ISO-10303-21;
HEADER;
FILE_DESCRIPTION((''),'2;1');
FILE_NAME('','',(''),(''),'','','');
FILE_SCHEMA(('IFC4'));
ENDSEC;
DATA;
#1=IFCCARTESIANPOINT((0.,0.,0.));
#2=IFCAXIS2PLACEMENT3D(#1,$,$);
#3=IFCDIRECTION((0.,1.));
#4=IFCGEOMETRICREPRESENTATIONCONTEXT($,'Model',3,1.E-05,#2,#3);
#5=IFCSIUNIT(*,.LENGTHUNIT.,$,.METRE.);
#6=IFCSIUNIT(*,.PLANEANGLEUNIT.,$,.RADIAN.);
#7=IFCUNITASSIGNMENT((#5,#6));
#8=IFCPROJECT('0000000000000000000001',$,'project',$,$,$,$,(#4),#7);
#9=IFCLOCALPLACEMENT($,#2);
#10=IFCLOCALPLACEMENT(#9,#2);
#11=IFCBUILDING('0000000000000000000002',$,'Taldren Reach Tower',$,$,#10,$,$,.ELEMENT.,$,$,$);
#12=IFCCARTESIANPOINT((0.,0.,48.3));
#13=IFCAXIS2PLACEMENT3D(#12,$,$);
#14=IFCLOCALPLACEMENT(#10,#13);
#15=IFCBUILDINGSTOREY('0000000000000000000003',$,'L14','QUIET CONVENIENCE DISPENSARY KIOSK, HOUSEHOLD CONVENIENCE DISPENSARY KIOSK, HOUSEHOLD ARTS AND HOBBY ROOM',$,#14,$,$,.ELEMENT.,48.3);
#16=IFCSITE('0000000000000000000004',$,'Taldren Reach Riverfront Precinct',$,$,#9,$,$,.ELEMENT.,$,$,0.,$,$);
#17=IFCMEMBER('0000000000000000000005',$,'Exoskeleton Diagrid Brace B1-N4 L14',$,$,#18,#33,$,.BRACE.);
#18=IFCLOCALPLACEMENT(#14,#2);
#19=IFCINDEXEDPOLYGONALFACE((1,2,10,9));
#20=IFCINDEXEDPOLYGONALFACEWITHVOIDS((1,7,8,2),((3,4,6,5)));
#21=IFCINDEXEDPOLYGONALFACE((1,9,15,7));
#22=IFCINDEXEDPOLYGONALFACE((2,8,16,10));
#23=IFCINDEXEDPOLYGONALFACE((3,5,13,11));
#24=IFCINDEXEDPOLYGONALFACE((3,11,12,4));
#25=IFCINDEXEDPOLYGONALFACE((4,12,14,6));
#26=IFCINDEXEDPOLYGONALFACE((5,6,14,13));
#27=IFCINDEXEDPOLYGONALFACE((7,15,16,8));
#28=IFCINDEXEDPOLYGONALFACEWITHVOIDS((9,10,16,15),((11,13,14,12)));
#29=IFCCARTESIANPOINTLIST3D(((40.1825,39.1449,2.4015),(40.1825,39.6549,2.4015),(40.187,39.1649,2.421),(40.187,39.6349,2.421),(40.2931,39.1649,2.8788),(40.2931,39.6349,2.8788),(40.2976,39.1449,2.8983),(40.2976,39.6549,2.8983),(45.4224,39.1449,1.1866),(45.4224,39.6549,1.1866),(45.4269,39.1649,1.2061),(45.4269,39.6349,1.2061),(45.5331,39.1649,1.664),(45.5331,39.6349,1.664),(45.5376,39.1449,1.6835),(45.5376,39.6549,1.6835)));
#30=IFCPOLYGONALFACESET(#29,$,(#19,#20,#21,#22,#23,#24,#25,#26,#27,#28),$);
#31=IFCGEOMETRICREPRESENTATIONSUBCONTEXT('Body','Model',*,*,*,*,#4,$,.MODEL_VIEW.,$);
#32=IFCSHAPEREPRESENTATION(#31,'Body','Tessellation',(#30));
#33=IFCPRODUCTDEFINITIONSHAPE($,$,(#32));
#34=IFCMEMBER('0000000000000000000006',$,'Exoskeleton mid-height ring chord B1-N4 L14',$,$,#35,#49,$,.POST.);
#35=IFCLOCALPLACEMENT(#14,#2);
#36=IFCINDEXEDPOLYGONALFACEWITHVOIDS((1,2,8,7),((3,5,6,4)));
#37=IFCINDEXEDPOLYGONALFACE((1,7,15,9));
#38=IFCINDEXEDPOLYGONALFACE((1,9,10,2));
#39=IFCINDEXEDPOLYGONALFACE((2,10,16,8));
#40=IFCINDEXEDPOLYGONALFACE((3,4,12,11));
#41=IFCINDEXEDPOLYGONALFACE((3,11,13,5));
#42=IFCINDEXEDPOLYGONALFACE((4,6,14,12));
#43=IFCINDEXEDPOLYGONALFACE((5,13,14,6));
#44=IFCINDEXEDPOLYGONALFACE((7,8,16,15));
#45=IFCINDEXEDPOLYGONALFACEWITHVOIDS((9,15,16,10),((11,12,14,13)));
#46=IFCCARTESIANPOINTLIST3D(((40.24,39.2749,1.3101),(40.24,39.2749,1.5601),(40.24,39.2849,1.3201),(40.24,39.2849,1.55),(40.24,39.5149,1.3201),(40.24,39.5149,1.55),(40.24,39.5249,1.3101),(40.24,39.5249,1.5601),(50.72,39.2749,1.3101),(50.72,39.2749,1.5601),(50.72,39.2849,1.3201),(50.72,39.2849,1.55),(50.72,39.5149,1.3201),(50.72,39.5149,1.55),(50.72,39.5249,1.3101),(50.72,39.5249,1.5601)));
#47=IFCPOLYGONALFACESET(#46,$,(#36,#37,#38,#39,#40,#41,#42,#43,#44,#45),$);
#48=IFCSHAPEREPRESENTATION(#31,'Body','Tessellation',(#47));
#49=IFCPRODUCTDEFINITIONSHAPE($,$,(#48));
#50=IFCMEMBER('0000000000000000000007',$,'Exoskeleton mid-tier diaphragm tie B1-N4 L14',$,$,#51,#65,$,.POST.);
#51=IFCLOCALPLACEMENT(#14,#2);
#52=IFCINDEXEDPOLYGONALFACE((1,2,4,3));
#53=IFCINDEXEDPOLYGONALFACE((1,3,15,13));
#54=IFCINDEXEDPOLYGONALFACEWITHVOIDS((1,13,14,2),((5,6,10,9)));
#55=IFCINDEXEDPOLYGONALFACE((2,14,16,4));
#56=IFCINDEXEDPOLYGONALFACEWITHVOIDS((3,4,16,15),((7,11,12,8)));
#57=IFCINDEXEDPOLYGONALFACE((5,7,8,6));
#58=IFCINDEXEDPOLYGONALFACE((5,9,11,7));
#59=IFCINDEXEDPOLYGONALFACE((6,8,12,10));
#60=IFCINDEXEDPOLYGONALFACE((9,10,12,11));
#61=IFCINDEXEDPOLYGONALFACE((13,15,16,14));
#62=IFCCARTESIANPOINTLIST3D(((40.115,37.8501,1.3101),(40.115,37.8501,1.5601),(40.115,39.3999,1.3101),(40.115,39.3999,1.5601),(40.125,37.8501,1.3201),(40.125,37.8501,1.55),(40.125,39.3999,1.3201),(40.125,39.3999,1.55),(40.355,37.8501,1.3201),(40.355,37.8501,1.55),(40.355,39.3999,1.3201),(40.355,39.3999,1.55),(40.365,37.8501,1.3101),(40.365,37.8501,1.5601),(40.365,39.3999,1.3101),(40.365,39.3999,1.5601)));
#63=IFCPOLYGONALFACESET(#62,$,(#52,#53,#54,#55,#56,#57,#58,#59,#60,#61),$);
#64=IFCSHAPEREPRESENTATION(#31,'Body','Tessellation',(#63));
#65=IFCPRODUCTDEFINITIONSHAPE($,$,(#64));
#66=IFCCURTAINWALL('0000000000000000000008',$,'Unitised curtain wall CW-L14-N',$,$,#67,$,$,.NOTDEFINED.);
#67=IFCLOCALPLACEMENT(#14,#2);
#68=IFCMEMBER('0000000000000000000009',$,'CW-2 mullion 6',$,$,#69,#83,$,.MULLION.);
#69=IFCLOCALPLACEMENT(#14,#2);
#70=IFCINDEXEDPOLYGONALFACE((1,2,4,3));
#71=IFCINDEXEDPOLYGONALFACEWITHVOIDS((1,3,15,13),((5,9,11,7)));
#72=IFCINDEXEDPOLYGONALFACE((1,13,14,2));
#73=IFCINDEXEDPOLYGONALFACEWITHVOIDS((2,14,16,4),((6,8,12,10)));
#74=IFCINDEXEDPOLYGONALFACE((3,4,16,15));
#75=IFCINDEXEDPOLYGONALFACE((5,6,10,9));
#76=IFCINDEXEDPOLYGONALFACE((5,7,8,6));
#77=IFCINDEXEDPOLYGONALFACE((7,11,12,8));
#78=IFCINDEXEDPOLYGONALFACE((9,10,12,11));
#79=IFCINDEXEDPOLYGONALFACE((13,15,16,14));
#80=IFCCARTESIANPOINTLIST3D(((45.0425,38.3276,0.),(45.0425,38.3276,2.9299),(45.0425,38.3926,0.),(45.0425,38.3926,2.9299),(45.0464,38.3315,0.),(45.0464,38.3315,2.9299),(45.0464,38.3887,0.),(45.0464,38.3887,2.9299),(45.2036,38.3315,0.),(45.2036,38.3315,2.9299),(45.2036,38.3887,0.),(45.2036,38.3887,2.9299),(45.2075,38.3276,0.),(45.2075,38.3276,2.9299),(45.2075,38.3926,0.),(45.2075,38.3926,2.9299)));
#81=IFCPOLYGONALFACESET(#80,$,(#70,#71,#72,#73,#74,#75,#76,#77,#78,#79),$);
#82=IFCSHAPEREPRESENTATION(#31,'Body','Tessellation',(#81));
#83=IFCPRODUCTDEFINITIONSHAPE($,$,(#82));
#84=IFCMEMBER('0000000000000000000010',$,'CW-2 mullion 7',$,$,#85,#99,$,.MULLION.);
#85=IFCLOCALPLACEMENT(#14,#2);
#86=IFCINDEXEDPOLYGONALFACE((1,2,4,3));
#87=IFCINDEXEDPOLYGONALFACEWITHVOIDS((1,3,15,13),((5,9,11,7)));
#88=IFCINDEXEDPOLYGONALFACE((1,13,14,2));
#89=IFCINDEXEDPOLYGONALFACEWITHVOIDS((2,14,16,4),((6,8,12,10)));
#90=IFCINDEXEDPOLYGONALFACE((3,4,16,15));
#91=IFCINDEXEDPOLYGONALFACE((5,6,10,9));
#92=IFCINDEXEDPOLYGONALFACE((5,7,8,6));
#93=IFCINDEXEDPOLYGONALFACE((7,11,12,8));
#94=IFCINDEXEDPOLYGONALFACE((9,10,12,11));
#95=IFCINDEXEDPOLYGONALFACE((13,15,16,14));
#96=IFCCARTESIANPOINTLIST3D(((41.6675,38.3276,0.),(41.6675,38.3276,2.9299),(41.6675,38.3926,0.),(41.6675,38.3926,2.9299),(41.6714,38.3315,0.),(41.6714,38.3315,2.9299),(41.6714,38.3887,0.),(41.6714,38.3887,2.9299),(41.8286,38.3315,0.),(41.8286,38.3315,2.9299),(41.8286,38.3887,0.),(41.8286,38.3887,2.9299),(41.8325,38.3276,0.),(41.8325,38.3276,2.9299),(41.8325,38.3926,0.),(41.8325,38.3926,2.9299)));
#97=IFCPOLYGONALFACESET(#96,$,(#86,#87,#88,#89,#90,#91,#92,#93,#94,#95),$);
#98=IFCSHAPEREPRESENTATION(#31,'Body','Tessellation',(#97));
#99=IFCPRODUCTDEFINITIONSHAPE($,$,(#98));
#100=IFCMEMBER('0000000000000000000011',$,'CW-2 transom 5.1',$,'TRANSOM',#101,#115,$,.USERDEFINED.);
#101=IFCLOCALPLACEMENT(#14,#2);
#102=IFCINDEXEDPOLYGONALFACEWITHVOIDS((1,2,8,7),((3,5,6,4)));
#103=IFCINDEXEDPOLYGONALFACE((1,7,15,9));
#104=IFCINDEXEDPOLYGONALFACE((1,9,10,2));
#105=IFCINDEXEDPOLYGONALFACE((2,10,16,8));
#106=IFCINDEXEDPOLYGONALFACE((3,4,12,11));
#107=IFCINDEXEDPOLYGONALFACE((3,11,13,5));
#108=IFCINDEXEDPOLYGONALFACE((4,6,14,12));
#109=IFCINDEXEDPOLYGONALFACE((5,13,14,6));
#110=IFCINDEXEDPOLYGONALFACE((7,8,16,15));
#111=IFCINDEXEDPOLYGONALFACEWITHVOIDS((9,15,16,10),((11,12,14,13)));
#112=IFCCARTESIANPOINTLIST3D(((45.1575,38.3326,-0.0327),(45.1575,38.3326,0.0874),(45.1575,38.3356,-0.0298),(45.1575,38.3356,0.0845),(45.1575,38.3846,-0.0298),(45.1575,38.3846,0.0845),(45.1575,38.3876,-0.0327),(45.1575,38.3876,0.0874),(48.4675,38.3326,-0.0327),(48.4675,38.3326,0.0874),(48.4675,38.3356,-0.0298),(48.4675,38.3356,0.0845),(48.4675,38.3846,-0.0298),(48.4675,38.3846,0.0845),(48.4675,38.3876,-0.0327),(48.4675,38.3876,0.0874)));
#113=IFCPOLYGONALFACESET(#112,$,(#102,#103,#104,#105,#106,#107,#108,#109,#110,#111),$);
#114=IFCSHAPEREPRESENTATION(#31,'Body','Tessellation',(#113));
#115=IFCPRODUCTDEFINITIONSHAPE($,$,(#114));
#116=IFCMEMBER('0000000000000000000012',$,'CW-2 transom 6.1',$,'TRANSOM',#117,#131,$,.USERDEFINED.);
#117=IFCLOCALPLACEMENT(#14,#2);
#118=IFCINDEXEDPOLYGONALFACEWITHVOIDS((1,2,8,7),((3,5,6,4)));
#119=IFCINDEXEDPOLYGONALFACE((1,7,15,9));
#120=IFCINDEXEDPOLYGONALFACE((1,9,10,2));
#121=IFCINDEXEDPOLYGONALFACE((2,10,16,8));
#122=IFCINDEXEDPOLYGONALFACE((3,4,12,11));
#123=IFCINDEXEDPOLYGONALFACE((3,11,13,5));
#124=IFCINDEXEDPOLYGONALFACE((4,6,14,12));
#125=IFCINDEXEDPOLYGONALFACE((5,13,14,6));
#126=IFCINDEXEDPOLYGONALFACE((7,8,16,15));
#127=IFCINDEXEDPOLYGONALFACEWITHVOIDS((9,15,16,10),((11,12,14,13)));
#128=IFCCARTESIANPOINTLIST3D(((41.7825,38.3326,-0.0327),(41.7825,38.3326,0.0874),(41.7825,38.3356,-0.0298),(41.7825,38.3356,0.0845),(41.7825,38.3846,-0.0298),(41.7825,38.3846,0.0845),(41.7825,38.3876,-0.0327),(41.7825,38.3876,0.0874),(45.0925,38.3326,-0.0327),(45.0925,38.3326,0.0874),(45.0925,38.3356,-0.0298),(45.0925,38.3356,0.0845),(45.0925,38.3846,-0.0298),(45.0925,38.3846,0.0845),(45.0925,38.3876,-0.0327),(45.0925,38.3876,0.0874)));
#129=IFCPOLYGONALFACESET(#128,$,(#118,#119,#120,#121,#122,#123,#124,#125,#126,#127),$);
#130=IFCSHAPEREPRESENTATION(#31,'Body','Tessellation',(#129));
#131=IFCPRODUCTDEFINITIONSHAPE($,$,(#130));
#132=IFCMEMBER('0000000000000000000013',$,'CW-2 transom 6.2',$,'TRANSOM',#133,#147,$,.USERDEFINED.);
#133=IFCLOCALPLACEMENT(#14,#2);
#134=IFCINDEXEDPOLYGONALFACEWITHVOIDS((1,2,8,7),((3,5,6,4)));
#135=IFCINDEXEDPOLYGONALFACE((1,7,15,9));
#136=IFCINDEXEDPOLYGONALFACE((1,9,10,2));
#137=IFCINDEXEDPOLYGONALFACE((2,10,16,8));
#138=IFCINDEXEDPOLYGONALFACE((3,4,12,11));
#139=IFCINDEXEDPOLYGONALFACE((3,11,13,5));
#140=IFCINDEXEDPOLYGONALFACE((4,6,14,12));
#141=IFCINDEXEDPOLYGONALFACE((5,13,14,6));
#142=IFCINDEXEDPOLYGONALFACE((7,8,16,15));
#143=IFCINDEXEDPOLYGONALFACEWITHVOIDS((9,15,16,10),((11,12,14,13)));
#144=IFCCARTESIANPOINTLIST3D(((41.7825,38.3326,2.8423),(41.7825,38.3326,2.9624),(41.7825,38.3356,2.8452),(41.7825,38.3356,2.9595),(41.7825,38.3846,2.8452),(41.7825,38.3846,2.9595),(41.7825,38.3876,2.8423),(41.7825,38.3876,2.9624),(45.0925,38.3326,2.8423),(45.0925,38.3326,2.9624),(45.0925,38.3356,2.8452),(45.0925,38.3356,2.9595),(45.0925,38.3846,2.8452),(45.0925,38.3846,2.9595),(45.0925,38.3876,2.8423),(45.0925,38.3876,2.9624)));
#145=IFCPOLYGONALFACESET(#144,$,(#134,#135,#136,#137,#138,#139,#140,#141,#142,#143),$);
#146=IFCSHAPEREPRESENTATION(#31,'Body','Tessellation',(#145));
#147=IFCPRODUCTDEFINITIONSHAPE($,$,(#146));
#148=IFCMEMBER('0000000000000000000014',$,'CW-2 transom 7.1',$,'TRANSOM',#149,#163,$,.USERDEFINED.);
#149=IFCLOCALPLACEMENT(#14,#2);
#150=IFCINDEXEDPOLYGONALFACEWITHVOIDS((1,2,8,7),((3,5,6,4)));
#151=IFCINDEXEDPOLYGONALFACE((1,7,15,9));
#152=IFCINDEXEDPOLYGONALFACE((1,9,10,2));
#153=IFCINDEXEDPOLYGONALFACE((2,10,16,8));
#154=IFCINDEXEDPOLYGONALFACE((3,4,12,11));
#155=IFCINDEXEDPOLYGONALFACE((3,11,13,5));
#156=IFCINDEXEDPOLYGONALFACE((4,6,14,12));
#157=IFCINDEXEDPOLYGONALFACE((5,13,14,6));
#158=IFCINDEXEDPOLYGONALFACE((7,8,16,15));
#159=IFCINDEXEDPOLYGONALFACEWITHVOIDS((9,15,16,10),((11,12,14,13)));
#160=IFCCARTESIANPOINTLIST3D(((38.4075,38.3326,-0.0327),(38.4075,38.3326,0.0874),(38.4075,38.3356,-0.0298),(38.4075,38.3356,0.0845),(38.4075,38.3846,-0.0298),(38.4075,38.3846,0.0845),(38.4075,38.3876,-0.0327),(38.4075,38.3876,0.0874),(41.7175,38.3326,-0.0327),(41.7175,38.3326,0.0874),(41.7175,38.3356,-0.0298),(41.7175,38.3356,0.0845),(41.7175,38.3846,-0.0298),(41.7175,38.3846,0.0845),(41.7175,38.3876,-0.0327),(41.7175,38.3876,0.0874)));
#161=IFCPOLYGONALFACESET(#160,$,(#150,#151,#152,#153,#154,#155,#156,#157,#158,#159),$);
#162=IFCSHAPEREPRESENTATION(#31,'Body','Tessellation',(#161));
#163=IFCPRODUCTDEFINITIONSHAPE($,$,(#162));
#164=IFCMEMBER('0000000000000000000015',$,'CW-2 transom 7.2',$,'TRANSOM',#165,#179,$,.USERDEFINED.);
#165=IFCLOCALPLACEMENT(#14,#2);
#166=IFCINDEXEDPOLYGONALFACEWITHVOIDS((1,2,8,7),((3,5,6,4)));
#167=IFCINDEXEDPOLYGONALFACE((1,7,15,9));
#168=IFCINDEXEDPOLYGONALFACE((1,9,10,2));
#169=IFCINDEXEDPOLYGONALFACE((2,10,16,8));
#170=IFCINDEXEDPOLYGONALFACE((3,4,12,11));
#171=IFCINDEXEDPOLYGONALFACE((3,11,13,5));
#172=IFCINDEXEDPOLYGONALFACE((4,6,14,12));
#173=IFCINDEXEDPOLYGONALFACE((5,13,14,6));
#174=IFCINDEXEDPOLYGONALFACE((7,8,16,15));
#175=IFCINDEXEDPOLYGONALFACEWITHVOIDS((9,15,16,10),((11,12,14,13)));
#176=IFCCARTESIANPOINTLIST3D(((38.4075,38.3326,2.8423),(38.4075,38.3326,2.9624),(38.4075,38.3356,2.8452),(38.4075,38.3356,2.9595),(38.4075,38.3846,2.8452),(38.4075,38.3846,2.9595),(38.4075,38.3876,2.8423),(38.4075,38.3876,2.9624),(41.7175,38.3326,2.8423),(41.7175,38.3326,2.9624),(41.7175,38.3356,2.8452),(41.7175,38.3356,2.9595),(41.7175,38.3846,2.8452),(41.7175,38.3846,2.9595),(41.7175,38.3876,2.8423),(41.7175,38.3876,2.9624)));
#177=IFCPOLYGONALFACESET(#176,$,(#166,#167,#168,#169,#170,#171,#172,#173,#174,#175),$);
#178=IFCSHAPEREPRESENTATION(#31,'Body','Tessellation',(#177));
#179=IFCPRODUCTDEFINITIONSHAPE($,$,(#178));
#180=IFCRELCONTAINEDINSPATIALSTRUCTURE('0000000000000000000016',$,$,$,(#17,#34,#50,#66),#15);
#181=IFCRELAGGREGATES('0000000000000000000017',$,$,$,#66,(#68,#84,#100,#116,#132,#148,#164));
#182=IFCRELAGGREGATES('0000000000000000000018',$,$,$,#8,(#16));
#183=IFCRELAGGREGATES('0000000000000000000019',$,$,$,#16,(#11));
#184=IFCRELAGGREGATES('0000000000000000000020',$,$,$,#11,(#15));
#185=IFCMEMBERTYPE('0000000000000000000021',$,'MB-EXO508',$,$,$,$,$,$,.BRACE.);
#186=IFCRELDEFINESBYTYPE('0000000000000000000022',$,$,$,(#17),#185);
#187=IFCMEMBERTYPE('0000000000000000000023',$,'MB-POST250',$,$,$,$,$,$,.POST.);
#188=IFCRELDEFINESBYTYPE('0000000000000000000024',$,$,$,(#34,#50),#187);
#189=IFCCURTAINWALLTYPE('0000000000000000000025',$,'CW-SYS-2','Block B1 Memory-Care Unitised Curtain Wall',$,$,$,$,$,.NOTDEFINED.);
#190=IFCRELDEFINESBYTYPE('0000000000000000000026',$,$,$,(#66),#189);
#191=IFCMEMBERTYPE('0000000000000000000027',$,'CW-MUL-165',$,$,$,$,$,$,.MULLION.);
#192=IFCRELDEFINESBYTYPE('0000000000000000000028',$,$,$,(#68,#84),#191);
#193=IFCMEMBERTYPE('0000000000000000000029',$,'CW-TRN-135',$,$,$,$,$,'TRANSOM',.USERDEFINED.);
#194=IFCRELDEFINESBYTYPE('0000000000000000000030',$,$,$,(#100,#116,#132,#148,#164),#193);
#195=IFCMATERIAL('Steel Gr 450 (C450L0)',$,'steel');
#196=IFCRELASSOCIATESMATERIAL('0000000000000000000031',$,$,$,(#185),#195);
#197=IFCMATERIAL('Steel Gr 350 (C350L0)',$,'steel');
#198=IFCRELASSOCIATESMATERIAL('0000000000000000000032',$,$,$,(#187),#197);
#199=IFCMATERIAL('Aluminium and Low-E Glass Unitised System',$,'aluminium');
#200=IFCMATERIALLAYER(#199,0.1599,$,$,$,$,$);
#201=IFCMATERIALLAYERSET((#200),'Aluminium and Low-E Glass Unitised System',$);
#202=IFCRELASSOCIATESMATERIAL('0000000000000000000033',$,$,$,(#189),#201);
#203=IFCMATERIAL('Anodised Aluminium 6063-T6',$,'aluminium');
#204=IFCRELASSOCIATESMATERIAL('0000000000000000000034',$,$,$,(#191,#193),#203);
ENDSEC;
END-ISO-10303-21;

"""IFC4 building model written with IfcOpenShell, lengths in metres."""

from ifc_helpers import new_model, si_unit, direction, frame, origin, origin_2d, place, context, subcontext, project, spatial, hollow_rectangle, extrude, source, transform, mapped, material, layer, layer_set, material_profile, profile_set, type_object, element, aggregate, save


model = new_model("IFC4")

# Units and contexts
model_context = context("Model", 3, precision=1e-05, world=origin(), true_north=direction((0.0, 1.0)))
body_context = subcontext(model_context, "Body", "Model", "MODEL_VIEW")
ifc_project = project(units=[si_unit("LENGTHUNIT", "METRE"), si_unit("PLANEANGLEUNIT", "RADIAN")], contexts=[model_context])

# Site, building, storey
site_placement = place(None, origin())
site = spatial("IfcSite", under=ifc_project, at=site_placement, Name="Taldren Reach Riverfront Precinct", CompositionType="ELEMENT", RefElevation=0.0)
building_placement = place(site_placement, origin())
building = spatial("IfcBuilding", under=site, at=building_placement, Name="Taldren Reach Tower", CompositionType="ELEMENT")
storey_placement = place(building_placement, frame((0.0, 0.0, 48.3)))
storey = spatial("IfcBuildingStorey", under=building, at=storey_placement, Name="L14", Description="QUIET CONVENIENCE DISPENSARY KIOSK, HOUSEHOLD CONVENIENCE DISPENSARY KIOSK, HOUSEHOLD ARTS AND HOBBY ROOM", CompositionType="ELEMENT", Elevation=48.3)

# Members
ifc_material_1 = material(Name="Steel Gr 450 (C450L0)", Category="steel")
ifc_material_profile_1 = material_profile(ifc_material_1, hollow_rectangle(XDim=0.51, YDim=0.51, WallThickness=0.02, at=origin_2d()), Name="510x510x20.0SHS")
ifc_profile_set_1 = profile_set([ifc_material_profile_1], Name="Steel Gr 450 (C450L0)")
member_type_1 = type_object("IfcMemberType", Name="MB-EXO508", PredefinedType="BRACE", material=ifc_profile_set_1)
shared_shape_1 = source(origin(), body_context, "Body", "SweptSolid", [
    extrude(hollow_rectangle(XDim=0.51, YDim=0.51, WallThickness=0.02, at=origin_2d()), origin(), (0.0, 0.0, 1.0), 5.3789),
])
member_1_placement = place(storey_placement, frame((45.48, 39.3999, 1.4351), z_axis=(-0.974162, 0.0, 0.225851), x_axis=(0.0, -1.0, 0.0)))
element("IfcMember", 1, at=member_1_placement, inside=storey, type_object=member_type_1, Name="Exoskeleton Diagrid Brace B1-N4 L14", PredefinedType="BRACE", context=body_context, shape_type="MappedRepresentation", body=[
    mapped(shared_shape_1, transform((0.0, 0.0, 0.0), scale=1.0)),
])
ifc_material_2 = material(Name="Steel Gr 350 (C350L0)", Category="steel")
ifc_material_profile_2 = material_profile(ifc_material_2, hollow_rectangle(XDim=0.25, YDim=0.25, WallThickness=0.01, at=origin_2d()), Name="250x250x10.0SHS")
ifc_profile_set_2 = profile_set([ifc_material_profile_2], Name="Steel Gr 350 (C350L0)")
member_type_2 = type_object("IfcMemberType", Name="MB-POST250", PredefinedType="POST", material=ifc_profile_set_2)
shared_shape_2 = source(origin(), body_context, "Body", "SweptSolid", [
    extrude(hollow_rectangle(XDim=0.25, YDim=0.25, WallThickness=0.01, at=origin_2d()), origin(), (0.0, 0.0, 1.0), 10.48),
])
member_2_placement = place(storey_placement, frame((40.24, 39.3999, 1.4351), z_axis=(1.0, 0.0, 0.0), x_axis=(0.0, 1.0, 0.0)))
element("IfcMember", 2, at=member_2_placement, inside=storey, type_object=member_type_2, Name="Exoskeleton mid-height ring chord B1-N4 L14", PredefinedType="POST", context=body_context, shape_type="MappedRepresentation", body=[
    mapped(shared_shape_2, transform((0.0, 0.0, 0.0), scale=1.0)),
])
shared_shape_3 = source(origin(), body_context, "Body", "SweptSolid", [
    extrude(hollow_rectangle(XDim=0.25, YDim=0.25, WallThickness=0.01, at=origin_2d()), origin(), (0.0, 0.0, 1.0), 1.5498),
])
member_3_placement = place(storey_placement, frame((40.24, 37.8501, 1.4351), z_axis=(0.0, 1.0, 0.0), x_axis=(-1.0, 0.0, 0.0)))
element("IfcMember", 3, at=member_3_placement, inside=storey, type_object=member_type_2, Name="Exoskeleton mid-tier diaphragm tie B1-N4 L14", PredefinedType="POST", context=body_context, shape_type="MappedRepresentation", body=[
    mapped(shared_shape_3, transform((0.0, 0.0, 0.0), scale=1.0)),
])

# Curtain wall, members
ifc_material_3 = material(Name="Aluminium and Low-E Glass Unitised System", Category="aluminium")
ifc_layer_1 = layer(ifc_material_3, 0.1599)
ifc_layer_set_1 = layer_set([ifc_layer_1], Name="Aluminium and Low-E Glass Unitised System")
curtain_wall_type = type_object("IfcCurtainWallType", Name="CW-SYS-2", Description="Block B1 Memory-Care Unitised Curtain Wall", PredefinedType="NOTDEFINED", material=ifc_layer_set_1)
curtain_wall_placement = place(storey_placement, origin())
curtain_wall = element("IfcCurtainWall", 4, at=curtain_wall_placement, inside=storey, type_object=curtain_wall_type, Name="Unitised curtain wall CW-L14-N", PredefinedType="NOTDEFINED")
ifc_material_4 = material(Name="Anodised Aluminium 6063-T6", Category="aluminium")
ifc_material_profile_3 = material_profile(ifc_material_4, hollow_rectangle(XDim=0.0649, YDim=0.165, WallThickness=0.0039, at=origin_2d()), Name="ALU-165x65x4RHS")
ifc_profile_set_3 = profile_set([ifc_material_profile_3], Name="Anodised Aluminium 6063-T6")
member_type_3 = type_object("IfcMemberType", Name="CW-MUL-165", PredefinedType="MULLION", material=ifc_profile_set_3)
shared_shape_4 = source(origin(), body_context, "Body", "SweptSolid", [
    extrude(hollow_rectangle(XDim=0.0649, YDim=0.165, WallThickness=0.0039, at=origin_2d()), origin(), (0.0, 0.0, 1.0), 2.9299),
])
member_4_placement = place(storey_placement, frame((45.125, 38.3601, 0.0), z_axis=(0.0, 0.0, 1.0), x_axis=(0.0, -1.0, 0.0)))
member_4 = element("IfcMember", 5, at=member_4_placement, type_object=member_type_3, Name="CW-2 mullion 6", PredefinedType="MULLION", context=body_context, shape_type="MappedRepresentation", body=[
    mapped(shared_shape_4, transform((0.0, 0.0, 0.0), scale=1.0)),
])
member_5_placement = place(storey_placement, frame((41.75, 38.3601, 0.0), z_axis=(0.0, 0.0, 1.0), x_axis=(0.0, -1.0, 0.0)))
member_5 = element("IfcMember", 6, at=member_5_placement, type_object=member_type_3, Name="CW-2 mullion 7", PredefinedType="MULLION", context=body_context, shape_type="MappedRepresentation", body=[
    mapped(shared_shape_4, transform((0.0, 0.0, 0.0), scale=1.0)),
])
ifc_material_profile_4 = material_profile(ifc_material_4, hollow_rectangle(XDim=0.0549, YDim=0.1201, WallThickness=0.0029, at=origin_2d()), Name="ALU-120x55x3RHS")
ifc_profile_set_4 = profile_set([ifc_material_profile_4], Name="Anodised Aluminium 6063-T6")
member_type_4 = type_object("IfcMemberType", Name="CW-TRN-135", ElementType="TRANSOM", PredefinedType="USERDEFINED", material=ifc_profile_set_4)
shared_shape_5 = source(origin(), body_context, "Body", "SweptSolid", [
    extrude(hollow_rectangle(XDim=0.0549, YDim=0.1201, WallThickness=0.0029, at=origin_2d()), origin(), (0.0, 0.0, 1.0), 3.3101),
])
member_6_placement = place(storey_placement, frame((48.4675, 38.3601, 0.0273), z_axis=(-1.0, 0.0, 0.0), x_axis=(0.0, -1.0, 0.0)))
member_6 = element("IfcMember", 7, at=member_6_placement, type_object=member_type_4, Name="CW-2 transom 5.1", ObjectType="TRANSOM", PredefinedType="USERDEFINED", context=body_context, shape_type="MappedRepresentation", body=[
    mapped(shared_shape_5, transform((0.0, 0.0, 0.0), scale=1.0)),
])
member_7_placement = place(storey_placement, frame((45.0925, 38.3601, 0.0273), z_axis=(-1.0, 0.0, 0.0), x_axis=(0.0, -1.0, 0.0)))
member_7 = element("IfcMember", 8, at=member_7_placement, type_object=member_type_4, Name="CW-2 transom 6.1", ObjectType="TRANSOM", PredefinedType="USERDEFINED", context=body_context, shape_type="MappedRepresentation", body=[
    mapped(shared_shape_5, transform((0.0, 0.0, 0.0), scale=1.0)),
])
member_8_placement = place(storey_placement, frame((45.0925, 38.3601, 2.9023), z_axis=(-1.0, 0.0, 0.0), x_axis=(0.0, -1.0, 0.0)))
member_8 = element("IfcMember", 9, at=member_8_placement, type_object=member_type_4, Name="CW-2 transom 6.2", ObjectType="TRANSOM", PredefinedType="USERDEFINED", context=body_context, shape_type="MappedRepresentation", body=[
    mapped(shared_shape_5, transform((0.0, 0.0, 0.0), scale=1.0)),
])
member_9_placement = place(storey_placement, frame((41.7175, 38.3601, 0.0273), z_axis=(-1.0, 0.0, 0.0), x_axis=(0.0, -1.0, 0.0)))
member_9 = element("IfcMember", 10, at=member_9_placement, type_object=member_type_4, Name="CW-2 transom 7.1", ObjectType="TRANSOM", PredefinedType="USERDEFINED", context=body_context, shape_type="MappedRepresentation", body=[
    mapped(shared_shape_5, transform((0.0, 0.0, 0.0), scale=1.0)),
])
member_10_placement = place(storey_placement, frame((41.7175, 38.3601, 2.9023), z_axis=(-1.0, 0.0, 0.0), x_axis=(0.0, -1.0, 0.0)))
member_10 = element("IfcMember", 11, at=member_10_placement, type_object=member_type_4, Name="CW-2 transom 7.2", ObjectType="TRANSOM", PredefinedType="USERDEFINED", context=body_context, shape_type="MappedRepresentation", body=[
    mapped(shared_shape_5, transform((0.0, 0.0, 0.0), scale=1.0)),
])

aggregate(curtain_wall, [member_4, member_5, member_6, member_7, member_8, member_9, member_10])

save(model, "model.ifc")
